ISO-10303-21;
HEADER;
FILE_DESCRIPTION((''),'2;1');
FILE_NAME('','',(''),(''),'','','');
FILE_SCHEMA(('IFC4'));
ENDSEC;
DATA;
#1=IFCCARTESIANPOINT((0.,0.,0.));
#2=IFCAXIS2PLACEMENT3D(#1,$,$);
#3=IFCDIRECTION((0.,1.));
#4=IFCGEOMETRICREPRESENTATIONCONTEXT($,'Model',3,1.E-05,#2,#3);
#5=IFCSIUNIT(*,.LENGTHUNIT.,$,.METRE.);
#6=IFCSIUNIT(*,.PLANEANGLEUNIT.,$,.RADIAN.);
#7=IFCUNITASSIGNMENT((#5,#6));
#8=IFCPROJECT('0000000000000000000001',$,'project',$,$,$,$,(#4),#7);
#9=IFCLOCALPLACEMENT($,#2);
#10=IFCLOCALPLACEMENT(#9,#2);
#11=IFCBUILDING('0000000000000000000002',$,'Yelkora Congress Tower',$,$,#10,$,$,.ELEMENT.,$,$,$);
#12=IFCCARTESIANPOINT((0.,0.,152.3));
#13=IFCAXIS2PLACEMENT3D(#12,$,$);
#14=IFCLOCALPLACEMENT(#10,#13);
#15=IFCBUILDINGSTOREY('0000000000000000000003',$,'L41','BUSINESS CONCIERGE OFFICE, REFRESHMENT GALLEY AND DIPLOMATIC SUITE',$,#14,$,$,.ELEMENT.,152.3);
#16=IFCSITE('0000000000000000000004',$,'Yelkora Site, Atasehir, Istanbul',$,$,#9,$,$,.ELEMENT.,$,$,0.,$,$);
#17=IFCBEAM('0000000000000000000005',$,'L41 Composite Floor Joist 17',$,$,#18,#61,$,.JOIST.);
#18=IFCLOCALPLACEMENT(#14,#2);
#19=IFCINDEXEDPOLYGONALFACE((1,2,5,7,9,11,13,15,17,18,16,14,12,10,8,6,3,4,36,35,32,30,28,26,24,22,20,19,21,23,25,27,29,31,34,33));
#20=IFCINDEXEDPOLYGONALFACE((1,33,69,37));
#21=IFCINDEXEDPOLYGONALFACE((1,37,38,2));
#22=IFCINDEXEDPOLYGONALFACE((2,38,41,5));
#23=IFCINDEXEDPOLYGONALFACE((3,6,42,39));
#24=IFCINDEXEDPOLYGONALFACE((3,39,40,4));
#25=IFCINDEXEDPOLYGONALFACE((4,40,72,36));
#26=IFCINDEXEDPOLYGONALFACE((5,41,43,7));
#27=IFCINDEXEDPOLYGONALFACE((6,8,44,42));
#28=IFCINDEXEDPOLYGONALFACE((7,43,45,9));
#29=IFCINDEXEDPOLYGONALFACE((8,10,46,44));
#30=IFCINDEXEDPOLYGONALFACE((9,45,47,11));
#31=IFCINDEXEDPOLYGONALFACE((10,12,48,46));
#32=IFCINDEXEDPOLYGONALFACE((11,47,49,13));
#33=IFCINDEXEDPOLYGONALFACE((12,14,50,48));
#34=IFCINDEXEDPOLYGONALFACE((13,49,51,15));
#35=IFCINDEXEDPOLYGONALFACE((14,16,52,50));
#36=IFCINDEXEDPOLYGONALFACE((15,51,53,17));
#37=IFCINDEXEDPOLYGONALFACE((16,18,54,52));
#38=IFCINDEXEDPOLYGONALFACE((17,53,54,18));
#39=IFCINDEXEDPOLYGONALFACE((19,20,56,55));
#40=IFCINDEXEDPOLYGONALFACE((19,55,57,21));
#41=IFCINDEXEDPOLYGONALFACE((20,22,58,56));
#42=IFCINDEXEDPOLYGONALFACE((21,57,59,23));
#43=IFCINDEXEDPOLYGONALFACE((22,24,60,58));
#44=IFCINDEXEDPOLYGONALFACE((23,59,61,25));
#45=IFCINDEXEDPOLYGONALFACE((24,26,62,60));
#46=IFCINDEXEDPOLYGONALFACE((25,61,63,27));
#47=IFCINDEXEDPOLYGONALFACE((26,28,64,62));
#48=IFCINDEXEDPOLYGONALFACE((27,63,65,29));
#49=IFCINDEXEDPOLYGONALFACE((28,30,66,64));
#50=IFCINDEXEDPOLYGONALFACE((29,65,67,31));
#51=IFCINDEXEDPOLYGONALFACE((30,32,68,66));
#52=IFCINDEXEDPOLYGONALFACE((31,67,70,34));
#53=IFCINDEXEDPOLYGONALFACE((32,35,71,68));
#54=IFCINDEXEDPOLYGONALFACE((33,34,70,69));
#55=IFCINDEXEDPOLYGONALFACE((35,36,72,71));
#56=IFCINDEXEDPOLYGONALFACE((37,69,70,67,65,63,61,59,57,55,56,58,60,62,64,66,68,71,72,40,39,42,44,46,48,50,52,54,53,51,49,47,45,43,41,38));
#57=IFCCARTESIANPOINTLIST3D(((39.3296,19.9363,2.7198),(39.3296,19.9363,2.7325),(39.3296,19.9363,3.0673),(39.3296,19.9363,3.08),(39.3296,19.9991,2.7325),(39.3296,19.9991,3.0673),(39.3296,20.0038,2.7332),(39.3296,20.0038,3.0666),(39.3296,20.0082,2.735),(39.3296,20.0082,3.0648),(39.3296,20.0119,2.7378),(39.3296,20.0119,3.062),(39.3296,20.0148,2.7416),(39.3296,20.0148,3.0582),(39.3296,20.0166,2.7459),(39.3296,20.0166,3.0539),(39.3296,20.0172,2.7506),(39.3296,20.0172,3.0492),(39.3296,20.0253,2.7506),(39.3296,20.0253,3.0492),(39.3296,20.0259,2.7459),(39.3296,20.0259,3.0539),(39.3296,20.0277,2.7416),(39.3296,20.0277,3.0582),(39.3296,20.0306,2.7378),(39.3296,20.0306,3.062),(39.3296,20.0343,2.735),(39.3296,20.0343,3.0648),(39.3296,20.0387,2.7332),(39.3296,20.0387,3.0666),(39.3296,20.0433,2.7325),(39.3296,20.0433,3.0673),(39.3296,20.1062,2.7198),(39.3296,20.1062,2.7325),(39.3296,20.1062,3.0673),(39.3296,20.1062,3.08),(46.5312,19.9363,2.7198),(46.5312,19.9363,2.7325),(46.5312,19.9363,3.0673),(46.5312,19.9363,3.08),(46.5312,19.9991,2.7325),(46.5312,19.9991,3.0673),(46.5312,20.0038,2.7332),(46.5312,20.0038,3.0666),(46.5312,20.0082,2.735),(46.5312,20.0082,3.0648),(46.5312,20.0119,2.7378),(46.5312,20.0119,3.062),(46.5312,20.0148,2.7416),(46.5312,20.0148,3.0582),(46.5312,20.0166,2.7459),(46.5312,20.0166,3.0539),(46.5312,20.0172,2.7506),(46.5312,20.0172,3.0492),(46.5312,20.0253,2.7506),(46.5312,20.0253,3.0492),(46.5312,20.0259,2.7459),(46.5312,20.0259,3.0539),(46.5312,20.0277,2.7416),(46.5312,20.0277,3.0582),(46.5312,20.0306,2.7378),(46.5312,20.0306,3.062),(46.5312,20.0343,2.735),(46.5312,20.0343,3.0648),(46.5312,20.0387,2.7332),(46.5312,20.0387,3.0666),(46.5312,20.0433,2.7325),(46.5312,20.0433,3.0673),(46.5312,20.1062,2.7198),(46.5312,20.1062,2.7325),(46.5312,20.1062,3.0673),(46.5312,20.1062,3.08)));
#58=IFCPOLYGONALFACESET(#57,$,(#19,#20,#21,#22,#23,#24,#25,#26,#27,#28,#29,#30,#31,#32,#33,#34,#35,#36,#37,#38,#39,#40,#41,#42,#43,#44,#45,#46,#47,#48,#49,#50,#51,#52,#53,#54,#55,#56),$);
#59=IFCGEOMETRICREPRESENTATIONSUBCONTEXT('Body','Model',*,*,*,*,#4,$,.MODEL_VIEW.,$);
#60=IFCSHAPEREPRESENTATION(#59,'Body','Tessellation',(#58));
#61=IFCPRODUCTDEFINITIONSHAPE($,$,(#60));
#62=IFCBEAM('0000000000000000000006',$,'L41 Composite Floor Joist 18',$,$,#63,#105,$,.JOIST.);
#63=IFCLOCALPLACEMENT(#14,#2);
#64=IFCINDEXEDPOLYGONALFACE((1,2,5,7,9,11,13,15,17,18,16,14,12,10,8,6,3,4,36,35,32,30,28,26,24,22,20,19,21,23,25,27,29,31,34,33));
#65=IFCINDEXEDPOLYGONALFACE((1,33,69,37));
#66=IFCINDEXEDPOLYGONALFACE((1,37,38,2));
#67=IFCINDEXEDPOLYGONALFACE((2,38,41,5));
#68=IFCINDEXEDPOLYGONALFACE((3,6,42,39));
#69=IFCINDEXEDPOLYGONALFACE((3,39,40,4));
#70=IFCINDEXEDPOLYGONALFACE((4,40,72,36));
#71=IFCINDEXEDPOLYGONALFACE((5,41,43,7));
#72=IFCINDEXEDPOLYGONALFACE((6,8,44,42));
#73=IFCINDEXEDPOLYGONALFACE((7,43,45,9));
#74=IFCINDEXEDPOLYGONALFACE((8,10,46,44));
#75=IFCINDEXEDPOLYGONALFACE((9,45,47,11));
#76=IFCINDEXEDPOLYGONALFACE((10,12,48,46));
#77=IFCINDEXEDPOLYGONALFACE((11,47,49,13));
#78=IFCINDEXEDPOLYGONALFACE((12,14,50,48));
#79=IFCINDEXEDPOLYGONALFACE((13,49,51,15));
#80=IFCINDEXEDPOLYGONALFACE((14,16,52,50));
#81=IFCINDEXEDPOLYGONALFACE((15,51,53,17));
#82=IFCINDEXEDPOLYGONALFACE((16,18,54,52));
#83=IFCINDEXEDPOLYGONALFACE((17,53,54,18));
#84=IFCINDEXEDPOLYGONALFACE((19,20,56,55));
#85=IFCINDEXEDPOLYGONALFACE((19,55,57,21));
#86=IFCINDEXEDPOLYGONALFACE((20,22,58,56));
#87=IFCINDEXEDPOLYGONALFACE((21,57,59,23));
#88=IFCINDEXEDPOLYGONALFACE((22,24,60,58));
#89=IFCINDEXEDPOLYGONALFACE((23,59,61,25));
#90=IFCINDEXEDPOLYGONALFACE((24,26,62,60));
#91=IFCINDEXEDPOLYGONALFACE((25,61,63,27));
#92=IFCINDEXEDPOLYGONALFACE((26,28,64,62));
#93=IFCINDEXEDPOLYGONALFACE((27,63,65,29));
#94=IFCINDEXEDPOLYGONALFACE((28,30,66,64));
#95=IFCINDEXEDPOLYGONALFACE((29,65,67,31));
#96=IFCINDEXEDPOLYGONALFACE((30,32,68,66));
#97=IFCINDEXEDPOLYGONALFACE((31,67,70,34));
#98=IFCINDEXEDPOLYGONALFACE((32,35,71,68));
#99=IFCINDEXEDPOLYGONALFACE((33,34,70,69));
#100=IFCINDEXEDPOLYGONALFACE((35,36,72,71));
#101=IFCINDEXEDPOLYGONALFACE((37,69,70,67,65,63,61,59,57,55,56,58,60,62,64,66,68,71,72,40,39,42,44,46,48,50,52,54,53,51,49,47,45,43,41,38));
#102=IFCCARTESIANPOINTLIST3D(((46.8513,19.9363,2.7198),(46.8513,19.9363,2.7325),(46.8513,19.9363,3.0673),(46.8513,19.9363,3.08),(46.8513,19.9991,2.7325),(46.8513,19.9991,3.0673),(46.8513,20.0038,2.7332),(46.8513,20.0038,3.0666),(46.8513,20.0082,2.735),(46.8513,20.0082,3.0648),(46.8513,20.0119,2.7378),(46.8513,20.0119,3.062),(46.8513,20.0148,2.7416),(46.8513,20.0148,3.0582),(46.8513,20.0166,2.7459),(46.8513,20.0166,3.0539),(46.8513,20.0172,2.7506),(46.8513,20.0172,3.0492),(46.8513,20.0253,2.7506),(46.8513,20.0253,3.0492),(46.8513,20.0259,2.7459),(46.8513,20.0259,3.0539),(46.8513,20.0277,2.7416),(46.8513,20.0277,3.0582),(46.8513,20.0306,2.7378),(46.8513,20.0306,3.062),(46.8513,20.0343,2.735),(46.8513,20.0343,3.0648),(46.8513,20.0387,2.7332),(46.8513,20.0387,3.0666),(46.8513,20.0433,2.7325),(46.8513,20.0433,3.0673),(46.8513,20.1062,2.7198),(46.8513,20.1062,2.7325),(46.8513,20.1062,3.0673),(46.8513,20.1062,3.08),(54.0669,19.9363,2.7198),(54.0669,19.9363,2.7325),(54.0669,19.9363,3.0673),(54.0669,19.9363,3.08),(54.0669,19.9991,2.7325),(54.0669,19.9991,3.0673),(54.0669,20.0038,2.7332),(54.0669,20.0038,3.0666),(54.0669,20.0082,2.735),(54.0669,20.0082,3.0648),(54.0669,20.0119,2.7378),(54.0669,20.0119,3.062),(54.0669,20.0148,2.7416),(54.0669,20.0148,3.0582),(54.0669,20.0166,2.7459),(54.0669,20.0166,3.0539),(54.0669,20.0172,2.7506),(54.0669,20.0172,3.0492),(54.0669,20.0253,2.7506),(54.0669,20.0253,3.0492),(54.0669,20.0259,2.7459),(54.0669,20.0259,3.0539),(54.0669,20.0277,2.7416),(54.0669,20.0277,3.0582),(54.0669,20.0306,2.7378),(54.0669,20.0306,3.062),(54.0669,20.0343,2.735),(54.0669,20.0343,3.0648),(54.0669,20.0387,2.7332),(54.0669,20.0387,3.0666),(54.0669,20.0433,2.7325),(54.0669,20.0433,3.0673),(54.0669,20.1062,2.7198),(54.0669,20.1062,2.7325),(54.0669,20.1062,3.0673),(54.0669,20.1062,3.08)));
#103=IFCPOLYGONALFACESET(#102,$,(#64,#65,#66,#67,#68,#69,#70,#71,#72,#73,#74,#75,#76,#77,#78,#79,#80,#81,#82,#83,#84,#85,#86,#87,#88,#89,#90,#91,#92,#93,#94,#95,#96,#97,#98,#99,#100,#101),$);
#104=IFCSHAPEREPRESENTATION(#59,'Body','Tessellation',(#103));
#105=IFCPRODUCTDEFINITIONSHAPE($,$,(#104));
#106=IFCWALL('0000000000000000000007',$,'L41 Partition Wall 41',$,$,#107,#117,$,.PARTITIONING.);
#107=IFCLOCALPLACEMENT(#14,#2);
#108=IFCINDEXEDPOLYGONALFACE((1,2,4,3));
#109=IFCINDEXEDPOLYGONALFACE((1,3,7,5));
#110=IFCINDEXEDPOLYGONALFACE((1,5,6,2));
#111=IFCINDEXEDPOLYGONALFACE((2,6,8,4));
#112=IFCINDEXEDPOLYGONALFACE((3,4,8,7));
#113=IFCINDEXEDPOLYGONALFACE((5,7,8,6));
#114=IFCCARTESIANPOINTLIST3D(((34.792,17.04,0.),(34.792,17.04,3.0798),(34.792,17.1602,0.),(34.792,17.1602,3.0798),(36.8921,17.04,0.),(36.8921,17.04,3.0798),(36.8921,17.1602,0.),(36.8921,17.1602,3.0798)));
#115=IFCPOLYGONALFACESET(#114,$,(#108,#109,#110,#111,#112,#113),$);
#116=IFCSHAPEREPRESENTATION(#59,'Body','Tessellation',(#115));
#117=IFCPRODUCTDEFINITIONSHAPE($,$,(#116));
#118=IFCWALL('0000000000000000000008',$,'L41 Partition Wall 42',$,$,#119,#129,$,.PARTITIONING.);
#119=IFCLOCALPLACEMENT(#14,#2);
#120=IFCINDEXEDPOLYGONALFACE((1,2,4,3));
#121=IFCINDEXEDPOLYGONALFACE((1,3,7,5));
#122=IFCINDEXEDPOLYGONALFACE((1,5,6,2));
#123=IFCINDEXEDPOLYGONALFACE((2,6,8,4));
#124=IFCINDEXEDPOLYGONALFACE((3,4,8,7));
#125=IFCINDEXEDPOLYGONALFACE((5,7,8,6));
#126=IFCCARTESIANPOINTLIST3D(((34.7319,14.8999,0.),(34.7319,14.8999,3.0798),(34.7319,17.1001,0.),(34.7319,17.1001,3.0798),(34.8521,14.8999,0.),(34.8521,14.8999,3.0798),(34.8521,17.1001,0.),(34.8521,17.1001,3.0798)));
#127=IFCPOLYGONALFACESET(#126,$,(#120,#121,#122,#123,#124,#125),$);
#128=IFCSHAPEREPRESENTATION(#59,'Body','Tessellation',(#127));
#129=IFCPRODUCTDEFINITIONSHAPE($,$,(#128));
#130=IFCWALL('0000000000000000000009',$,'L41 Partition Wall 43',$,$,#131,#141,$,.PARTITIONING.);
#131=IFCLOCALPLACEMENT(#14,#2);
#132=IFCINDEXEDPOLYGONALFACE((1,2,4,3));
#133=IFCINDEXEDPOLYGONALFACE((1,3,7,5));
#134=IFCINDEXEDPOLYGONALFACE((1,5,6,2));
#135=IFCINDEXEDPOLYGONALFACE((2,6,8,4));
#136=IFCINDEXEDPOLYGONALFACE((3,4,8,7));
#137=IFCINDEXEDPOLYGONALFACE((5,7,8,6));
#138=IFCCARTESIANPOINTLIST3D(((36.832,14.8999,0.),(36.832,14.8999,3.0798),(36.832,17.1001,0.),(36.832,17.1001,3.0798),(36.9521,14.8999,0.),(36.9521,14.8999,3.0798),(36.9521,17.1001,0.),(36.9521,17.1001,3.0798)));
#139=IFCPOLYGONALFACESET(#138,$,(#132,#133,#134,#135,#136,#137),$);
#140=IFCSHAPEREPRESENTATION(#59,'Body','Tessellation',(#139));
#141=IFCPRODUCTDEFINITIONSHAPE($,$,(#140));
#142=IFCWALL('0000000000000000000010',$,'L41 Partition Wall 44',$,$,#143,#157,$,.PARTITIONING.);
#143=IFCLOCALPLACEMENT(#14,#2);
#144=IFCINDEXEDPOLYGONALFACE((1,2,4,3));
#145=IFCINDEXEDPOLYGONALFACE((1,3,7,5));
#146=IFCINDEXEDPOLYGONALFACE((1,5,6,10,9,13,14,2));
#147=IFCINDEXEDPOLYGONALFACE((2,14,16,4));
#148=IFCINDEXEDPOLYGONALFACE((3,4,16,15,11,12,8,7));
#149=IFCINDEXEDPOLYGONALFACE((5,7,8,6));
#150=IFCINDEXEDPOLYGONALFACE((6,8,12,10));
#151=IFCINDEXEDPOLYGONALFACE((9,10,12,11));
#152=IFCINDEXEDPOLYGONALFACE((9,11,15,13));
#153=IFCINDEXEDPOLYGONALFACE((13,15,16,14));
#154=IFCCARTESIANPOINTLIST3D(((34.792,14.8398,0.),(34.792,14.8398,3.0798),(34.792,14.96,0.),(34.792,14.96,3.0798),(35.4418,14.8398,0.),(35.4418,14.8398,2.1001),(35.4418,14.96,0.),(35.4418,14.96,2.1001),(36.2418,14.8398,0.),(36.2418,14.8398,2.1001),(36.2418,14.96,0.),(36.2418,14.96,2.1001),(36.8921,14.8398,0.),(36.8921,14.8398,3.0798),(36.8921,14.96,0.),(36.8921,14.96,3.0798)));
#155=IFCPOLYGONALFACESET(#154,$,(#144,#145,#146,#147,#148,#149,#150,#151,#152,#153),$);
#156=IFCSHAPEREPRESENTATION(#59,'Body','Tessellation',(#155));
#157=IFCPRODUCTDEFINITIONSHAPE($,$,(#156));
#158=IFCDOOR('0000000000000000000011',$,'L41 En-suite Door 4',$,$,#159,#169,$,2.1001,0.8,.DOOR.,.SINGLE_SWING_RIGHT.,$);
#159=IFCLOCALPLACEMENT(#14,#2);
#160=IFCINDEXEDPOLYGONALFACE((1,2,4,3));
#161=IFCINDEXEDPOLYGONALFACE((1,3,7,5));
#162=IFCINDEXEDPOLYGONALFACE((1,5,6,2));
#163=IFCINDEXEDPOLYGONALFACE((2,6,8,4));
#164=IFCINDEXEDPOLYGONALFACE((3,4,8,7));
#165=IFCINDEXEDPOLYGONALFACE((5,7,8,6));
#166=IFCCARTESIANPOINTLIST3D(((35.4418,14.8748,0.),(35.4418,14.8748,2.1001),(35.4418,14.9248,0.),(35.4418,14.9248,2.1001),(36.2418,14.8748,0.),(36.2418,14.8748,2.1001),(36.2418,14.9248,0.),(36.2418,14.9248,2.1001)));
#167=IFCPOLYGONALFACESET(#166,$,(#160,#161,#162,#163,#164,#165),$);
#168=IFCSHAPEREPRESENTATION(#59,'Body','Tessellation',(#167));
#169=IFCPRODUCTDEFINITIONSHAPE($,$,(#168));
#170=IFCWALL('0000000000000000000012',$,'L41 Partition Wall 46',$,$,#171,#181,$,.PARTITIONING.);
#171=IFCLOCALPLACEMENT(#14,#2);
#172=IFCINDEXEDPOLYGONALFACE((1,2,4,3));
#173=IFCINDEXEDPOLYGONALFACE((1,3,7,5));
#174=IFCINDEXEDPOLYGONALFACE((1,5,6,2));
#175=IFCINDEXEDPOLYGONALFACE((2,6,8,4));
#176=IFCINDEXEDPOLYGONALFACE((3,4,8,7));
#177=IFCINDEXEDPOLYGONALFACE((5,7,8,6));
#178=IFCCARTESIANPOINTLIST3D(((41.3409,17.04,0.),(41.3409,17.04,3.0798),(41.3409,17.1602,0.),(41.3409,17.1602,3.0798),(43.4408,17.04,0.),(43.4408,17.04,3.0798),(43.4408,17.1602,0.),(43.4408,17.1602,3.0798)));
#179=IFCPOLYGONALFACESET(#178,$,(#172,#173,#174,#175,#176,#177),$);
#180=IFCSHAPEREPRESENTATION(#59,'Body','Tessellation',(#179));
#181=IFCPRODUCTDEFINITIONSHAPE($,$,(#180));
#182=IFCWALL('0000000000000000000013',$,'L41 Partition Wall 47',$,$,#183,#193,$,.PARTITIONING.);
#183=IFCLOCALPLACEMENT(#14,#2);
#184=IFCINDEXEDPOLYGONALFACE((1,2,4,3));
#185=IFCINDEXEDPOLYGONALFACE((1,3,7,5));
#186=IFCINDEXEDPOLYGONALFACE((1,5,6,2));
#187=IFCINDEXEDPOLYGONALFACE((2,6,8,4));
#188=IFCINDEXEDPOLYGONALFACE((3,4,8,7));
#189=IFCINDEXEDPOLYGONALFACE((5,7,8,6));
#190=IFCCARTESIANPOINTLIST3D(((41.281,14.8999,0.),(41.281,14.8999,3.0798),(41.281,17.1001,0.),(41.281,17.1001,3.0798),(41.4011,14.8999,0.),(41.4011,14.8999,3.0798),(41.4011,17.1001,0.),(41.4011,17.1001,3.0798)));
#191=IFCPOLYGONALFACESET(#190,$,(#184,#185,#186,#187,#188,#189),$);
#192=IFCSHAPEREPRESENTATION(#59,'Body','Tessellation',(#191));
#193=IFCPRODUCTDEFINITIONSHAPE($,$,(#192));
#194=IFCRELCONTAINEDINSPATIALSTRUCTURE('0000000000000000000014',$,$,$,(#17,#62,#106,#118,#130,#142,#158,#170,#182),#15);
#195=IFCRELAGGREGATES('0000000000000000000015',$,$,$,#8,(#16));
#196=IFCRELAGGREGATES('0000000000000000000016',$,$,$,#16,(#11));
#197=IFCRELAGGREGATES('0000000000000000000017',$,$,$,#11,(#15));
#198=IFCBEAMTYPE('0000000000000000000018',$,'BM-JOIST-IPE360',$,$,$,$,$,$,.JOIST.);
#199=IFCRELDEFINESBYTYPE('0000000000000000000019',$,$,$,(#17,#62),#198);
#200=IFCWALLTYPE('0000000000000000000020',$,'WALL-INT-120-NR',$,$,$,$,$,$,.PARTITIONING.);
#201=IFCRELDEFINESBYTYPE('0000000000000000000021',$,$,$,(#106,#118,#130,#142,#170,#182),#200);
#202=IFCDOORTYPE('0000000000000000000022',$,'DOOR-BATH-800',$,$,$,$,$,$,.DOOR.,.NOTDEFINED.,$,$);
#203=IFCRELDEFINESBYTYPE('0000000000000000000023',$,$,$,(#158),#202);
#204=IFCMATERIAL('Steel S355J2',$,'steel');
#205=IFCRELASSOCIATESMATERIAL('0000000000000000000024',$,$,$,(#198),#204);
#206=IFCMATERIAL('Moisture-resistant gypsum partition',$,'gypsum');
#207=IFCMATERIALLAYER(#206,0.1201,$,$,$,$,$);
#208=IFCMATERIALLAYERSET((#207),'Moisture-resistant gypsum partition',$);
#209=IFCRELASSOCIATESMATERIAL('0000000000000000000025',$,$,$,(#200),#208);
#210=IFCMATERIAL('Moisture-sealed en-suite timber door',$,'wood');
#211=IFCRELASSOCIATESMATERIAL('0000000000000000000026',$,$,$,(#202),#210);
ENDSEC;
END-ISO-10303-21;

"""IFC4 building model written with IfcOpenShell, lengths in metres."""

from ifc_helpers import new_model, si_unit, direction, frame, frame_2d, origin, origin_2d, place, context, subcontext, project, spatial, rectangle, i_section, extrude, material, layer, layer_set, material_profile, profile_set, type_object, element, fill, save


model = new_model("IFC4")

# Units and contexts
model_context = context("Model", 3, precision=1e-05, world=origin(), true_north=direction((0.0, 1.0)))
body_context = subcontext(model_context, "Body", "Model", "MODEL_VIEW")
ifc_project = project(units=[si_unit("LENGTHUNIT", "METRE"), si_unit("PLANEANGLEUNIT", "RADIAN")], contexts=[model_context])

# Site, building, storey
site_placement = place(None, origin())
site = spatial("IfcSite", under=ifc_project, at=site_placement, Name="Yelkora Site, Atasehir, Istanbul", CompositionType="ELEMENT", RefElevation=0.0)
building_placement = place(site_placement, origin())
building = spatial("IfcBuilding", under=site, at=building_placement, Name="Yelkora Congress Tower", CompositionType="ELEMENT")
storey_placement = place(building_placement, frame((0.0, 0.0, 152.3)))
storey = spatial("IfcBuildingStorey", under=building, at=storey_placement, Name="L41", Description="BUSINESS CONCIERGE OFFICE, REFRESHMENT GALLEY AND DIPLOMATIC SUITE", CompositionType="ELEMENT", Elevation=152.3)

# Beams
ifc_material_1 = material(Name="Steel S355J2", Category="steel")
ifc_material_profile_1 = material_profile(ifc_material_1, i_section(OverallWidth=0.1699, OverallDepth=0.3601, WebThickness=0.0081, FlangeThickness=0.0127, FilletRadius=0.0181, at=origin_2d()), Name="IPE 360")
ifc_profile_set_1 = profile_set([ifc_material_profile_1], Name="Steel S355J2")
beam_type_1 = type_object("IfcBeamType", Name="BM-JOIST-IPE360", PredefinedType="JOIST", material=ifc_profile_set_1)
beam_1_placement = place(storey_placement, frame((39.3296, 20.0212, 2.8999), z_axis=(1.0, 0.0, 0.0), x_axis=(0.0, 1.0, 0.0)))
element("IfcBeam", 1, at=beam_1_placement, inside=storey, type_object=beam_type_1, Name="L41 Composite Floor Joist 17", PredefinedType="JOIST", context=body_context, shape_type="SweptSolid", body=[
    extrude(i_section(OverallWidth=0.1699, OverallDepth=0.3601, WebThickness=0.0081, FlangeThickness=0.0127, FilletRadius=0.0181, at=origin_2d()), origin(), (0.0, 0.0, 1.0), 7.2017),
])
beam_2_placement = place(storey_placement, frame((46.8513, 20.0212, 2.8999), z_axis=(1.0, 0.0, 0.0), x_axis=(0.0, 1.0, 0.0)))
element("IfcBeam", 2, at=beam_2_placement, inside=storey, type_object=beam_type_1, Name="L41 Composite Floor Joist 18", PredefinedType="JOIST", context=body_context, shape_type="SweptSolid", body=[
    extrude(i_section(OverallWidth=0.1699, OverallDepth=0.3601, WebThickness=0.0081, FlangeThickness=0.0127, FilletRadius=0.0181, at=origin_2d()), origin(), (0.0, 0.0, 1.0), 7.2156),
])

# Walls
ifc_material_2 = material(Name="Moisture-resistant gypsum partition", Category="gypsum")
ifc_layer_1 = layer(ifc_material_2, 0.1201)
ifc_layer_set_1 = layer_set([ifc_layer_1], Name="Moisture-resistant gypsum partition")
wall_type_1 = type_object("IfcWallType", Name="WALL-INT-120-NR", PredefinedType="PARTITIONING", material=ifc_layer_set_1)
wall_1_placement = place(storey_placement, frame((34.792, 17.1001, 0.0), z_axis=(0.0, 0.0, 1.0), x_axis=(1.0, 0.0, 0.0)))
element("IfcWall", 3, at=wall_1_placement, inside=storey, type_object=wall_type_1, Name="L41 Partition Wall 41", PredefinedType="PARTITIONING", context=body_context, shape_type="SweptSolid", body=[
    extrude(rectangle(XDim=2.1001, YDim=0.1201, at=frame_2d((1.05, 0.0))), origin(), (0.0, 0.0, 1.0), 3.0798),
])
for number, where, z_axis, x_axis, name in (
    (4, (34.792, 14.8999, 0.0), (0.0, 0.0, 1.0), (0.0, 1.0, 0.0), "L41 Partition Wall 42"),
    (5, (36.8921, 14.8999, 0.0), (0.0, 0.0, 1.0), (0.0, 1.0, 0.0), "L41 Partition Wall 43"),
):
    element("IfcWall", number, at=place(storey_placement, frame(where, z_axis=z_axis, x_axis=x_axis)), inside=storey, type_object=wall_type_1, Name=name, PredefinedType="PARTITIONING", context=body_context, shape_type="SweptSolid", body=[
        extrude(rectangle(XDim=2.2002, YDim=0.1201, at=frame_2d((1.1001, 0.0))), origin(), (0.0, 0.0, 1.0), 3.0798),
    ])

# Wall, opening, door
wall_2_placement = place(storey_placement, frame((34.792, 14.8999, 0.0), z_axis=(0.0, 0.0, 1.0), x_axis=(1.0, 0.0, 0.0)))
wall_2 = element("IfcWall", 6, at=wall_2_placement, inside=storey, type_object=wall_type_1, Name="L41 Partition Wall 44", PredefinedType="PARTITIONING", context=body_context, shape_type="SweptSolid", body=[
    extrude(rectangle(XDim=2.1001, YDim=0.1201, at=frame_2d((1.05, 0.0))), origin(), (0.0, 0.0, 1.0), 3.0798),
])
opening_1_placement = place(wall_2_placement, frame((0.6499, 0.0, 0.0)))
opening_1 = element("IfcOpeningElement", 7, at=opening_1_placement, cuts=wall_2, PredefinedType="OPENING", context=body_context, shape_type="SweptSolid", body=[
    extrude(rectangle(XDim=0.8, YDim=2.1001, at=frame_2d((0.3999, 1.05))), frame((0.0, 0.0701, 0.0), z_axis=(0.0, -1.0, 0.0), x_axis=(1.0, 0.0, 0.0)), (0.0, 0.0, 1.0), 0.1401),
])
ifc_material_3 = material(Name="Moisture-sealed en-suite timber door", Category="wood")
door_type = type_object("IfcDoorType", Name="DOOR-BATH-800", OperationType="NOTDEFINED", PredefinedType="DOOR", material=ifc_material_3)
door_1_placement = place(opening_1_placement, origin())
door_1 = element("IfcDoor", 8, at=door_1_placement, inside=storey, type_object=door_type, Name="L41 En-suite Door 4", OperationType="SINGLE_SWING_RIGHT", OverallHeight=2.1001, OverallWidth=0.8, PredefinedType="DOOR", context=body_context, shape_type="SweptSolid", body=[
    extrude(rectangle(XDim=0.8, YDim=2.1001, at=frame_2d((0.3999, 1.05))), frame((0.0, 0.0249, 0.0), z_axis=(0.0, -1.0, 0.0), x_axis=(1.0, 0.0, 0.0)), (0.0, 0.0, 1.0), 0.05),
])
fill(opening_1, door_1)

# Walls
wall_3_placement = place(storey_placement, frame((41.3411, 17.1001, 0.0), z_axis=(0.0, 0.0, 1.0), x_axis=(1.0, 0.0, 0.0)))
element("IfcWall", 9, at=wall_3_placement, inside=storey, type_object=wall_type_1, Name="L41 Partition Wall 46", PredefinedType="PARTITIONING", context=body_context, shape_type="SweptSolid", body=[
    extrude(rectangle(XDim=2.0999, YDim=0.1201, at=frame_2d((1.0498, 0.0))), origin(), (0.0, 0.0, 1.0), 3.0798),
])
for number, where, z_axis, x_axis, name in (
    (10, (41.3411, 14.8999, 0.0), (0.0, 0.0, 1.0), (0.0, 1.0, 0.0), "L41 Partition Wall 47"),
):
    element("IfcWall", number, at=place(storey_placement, frame(where, z_axis=z_axis, x_axis=x_axis)), inside=storey, type_object=wall_type_1, Name=name, PredefinedType="PARTITIONING", context=body_context, shape_type="SweptSolid", body=[
        extrude(rectangle(XDim=2.2002, YDim=0.1201, at=frame_2d((1.1001, 0.0))), origin(), (0.0, 0.0, 1.0), 3.0798),
    ])

save(model, "model.ifc")
